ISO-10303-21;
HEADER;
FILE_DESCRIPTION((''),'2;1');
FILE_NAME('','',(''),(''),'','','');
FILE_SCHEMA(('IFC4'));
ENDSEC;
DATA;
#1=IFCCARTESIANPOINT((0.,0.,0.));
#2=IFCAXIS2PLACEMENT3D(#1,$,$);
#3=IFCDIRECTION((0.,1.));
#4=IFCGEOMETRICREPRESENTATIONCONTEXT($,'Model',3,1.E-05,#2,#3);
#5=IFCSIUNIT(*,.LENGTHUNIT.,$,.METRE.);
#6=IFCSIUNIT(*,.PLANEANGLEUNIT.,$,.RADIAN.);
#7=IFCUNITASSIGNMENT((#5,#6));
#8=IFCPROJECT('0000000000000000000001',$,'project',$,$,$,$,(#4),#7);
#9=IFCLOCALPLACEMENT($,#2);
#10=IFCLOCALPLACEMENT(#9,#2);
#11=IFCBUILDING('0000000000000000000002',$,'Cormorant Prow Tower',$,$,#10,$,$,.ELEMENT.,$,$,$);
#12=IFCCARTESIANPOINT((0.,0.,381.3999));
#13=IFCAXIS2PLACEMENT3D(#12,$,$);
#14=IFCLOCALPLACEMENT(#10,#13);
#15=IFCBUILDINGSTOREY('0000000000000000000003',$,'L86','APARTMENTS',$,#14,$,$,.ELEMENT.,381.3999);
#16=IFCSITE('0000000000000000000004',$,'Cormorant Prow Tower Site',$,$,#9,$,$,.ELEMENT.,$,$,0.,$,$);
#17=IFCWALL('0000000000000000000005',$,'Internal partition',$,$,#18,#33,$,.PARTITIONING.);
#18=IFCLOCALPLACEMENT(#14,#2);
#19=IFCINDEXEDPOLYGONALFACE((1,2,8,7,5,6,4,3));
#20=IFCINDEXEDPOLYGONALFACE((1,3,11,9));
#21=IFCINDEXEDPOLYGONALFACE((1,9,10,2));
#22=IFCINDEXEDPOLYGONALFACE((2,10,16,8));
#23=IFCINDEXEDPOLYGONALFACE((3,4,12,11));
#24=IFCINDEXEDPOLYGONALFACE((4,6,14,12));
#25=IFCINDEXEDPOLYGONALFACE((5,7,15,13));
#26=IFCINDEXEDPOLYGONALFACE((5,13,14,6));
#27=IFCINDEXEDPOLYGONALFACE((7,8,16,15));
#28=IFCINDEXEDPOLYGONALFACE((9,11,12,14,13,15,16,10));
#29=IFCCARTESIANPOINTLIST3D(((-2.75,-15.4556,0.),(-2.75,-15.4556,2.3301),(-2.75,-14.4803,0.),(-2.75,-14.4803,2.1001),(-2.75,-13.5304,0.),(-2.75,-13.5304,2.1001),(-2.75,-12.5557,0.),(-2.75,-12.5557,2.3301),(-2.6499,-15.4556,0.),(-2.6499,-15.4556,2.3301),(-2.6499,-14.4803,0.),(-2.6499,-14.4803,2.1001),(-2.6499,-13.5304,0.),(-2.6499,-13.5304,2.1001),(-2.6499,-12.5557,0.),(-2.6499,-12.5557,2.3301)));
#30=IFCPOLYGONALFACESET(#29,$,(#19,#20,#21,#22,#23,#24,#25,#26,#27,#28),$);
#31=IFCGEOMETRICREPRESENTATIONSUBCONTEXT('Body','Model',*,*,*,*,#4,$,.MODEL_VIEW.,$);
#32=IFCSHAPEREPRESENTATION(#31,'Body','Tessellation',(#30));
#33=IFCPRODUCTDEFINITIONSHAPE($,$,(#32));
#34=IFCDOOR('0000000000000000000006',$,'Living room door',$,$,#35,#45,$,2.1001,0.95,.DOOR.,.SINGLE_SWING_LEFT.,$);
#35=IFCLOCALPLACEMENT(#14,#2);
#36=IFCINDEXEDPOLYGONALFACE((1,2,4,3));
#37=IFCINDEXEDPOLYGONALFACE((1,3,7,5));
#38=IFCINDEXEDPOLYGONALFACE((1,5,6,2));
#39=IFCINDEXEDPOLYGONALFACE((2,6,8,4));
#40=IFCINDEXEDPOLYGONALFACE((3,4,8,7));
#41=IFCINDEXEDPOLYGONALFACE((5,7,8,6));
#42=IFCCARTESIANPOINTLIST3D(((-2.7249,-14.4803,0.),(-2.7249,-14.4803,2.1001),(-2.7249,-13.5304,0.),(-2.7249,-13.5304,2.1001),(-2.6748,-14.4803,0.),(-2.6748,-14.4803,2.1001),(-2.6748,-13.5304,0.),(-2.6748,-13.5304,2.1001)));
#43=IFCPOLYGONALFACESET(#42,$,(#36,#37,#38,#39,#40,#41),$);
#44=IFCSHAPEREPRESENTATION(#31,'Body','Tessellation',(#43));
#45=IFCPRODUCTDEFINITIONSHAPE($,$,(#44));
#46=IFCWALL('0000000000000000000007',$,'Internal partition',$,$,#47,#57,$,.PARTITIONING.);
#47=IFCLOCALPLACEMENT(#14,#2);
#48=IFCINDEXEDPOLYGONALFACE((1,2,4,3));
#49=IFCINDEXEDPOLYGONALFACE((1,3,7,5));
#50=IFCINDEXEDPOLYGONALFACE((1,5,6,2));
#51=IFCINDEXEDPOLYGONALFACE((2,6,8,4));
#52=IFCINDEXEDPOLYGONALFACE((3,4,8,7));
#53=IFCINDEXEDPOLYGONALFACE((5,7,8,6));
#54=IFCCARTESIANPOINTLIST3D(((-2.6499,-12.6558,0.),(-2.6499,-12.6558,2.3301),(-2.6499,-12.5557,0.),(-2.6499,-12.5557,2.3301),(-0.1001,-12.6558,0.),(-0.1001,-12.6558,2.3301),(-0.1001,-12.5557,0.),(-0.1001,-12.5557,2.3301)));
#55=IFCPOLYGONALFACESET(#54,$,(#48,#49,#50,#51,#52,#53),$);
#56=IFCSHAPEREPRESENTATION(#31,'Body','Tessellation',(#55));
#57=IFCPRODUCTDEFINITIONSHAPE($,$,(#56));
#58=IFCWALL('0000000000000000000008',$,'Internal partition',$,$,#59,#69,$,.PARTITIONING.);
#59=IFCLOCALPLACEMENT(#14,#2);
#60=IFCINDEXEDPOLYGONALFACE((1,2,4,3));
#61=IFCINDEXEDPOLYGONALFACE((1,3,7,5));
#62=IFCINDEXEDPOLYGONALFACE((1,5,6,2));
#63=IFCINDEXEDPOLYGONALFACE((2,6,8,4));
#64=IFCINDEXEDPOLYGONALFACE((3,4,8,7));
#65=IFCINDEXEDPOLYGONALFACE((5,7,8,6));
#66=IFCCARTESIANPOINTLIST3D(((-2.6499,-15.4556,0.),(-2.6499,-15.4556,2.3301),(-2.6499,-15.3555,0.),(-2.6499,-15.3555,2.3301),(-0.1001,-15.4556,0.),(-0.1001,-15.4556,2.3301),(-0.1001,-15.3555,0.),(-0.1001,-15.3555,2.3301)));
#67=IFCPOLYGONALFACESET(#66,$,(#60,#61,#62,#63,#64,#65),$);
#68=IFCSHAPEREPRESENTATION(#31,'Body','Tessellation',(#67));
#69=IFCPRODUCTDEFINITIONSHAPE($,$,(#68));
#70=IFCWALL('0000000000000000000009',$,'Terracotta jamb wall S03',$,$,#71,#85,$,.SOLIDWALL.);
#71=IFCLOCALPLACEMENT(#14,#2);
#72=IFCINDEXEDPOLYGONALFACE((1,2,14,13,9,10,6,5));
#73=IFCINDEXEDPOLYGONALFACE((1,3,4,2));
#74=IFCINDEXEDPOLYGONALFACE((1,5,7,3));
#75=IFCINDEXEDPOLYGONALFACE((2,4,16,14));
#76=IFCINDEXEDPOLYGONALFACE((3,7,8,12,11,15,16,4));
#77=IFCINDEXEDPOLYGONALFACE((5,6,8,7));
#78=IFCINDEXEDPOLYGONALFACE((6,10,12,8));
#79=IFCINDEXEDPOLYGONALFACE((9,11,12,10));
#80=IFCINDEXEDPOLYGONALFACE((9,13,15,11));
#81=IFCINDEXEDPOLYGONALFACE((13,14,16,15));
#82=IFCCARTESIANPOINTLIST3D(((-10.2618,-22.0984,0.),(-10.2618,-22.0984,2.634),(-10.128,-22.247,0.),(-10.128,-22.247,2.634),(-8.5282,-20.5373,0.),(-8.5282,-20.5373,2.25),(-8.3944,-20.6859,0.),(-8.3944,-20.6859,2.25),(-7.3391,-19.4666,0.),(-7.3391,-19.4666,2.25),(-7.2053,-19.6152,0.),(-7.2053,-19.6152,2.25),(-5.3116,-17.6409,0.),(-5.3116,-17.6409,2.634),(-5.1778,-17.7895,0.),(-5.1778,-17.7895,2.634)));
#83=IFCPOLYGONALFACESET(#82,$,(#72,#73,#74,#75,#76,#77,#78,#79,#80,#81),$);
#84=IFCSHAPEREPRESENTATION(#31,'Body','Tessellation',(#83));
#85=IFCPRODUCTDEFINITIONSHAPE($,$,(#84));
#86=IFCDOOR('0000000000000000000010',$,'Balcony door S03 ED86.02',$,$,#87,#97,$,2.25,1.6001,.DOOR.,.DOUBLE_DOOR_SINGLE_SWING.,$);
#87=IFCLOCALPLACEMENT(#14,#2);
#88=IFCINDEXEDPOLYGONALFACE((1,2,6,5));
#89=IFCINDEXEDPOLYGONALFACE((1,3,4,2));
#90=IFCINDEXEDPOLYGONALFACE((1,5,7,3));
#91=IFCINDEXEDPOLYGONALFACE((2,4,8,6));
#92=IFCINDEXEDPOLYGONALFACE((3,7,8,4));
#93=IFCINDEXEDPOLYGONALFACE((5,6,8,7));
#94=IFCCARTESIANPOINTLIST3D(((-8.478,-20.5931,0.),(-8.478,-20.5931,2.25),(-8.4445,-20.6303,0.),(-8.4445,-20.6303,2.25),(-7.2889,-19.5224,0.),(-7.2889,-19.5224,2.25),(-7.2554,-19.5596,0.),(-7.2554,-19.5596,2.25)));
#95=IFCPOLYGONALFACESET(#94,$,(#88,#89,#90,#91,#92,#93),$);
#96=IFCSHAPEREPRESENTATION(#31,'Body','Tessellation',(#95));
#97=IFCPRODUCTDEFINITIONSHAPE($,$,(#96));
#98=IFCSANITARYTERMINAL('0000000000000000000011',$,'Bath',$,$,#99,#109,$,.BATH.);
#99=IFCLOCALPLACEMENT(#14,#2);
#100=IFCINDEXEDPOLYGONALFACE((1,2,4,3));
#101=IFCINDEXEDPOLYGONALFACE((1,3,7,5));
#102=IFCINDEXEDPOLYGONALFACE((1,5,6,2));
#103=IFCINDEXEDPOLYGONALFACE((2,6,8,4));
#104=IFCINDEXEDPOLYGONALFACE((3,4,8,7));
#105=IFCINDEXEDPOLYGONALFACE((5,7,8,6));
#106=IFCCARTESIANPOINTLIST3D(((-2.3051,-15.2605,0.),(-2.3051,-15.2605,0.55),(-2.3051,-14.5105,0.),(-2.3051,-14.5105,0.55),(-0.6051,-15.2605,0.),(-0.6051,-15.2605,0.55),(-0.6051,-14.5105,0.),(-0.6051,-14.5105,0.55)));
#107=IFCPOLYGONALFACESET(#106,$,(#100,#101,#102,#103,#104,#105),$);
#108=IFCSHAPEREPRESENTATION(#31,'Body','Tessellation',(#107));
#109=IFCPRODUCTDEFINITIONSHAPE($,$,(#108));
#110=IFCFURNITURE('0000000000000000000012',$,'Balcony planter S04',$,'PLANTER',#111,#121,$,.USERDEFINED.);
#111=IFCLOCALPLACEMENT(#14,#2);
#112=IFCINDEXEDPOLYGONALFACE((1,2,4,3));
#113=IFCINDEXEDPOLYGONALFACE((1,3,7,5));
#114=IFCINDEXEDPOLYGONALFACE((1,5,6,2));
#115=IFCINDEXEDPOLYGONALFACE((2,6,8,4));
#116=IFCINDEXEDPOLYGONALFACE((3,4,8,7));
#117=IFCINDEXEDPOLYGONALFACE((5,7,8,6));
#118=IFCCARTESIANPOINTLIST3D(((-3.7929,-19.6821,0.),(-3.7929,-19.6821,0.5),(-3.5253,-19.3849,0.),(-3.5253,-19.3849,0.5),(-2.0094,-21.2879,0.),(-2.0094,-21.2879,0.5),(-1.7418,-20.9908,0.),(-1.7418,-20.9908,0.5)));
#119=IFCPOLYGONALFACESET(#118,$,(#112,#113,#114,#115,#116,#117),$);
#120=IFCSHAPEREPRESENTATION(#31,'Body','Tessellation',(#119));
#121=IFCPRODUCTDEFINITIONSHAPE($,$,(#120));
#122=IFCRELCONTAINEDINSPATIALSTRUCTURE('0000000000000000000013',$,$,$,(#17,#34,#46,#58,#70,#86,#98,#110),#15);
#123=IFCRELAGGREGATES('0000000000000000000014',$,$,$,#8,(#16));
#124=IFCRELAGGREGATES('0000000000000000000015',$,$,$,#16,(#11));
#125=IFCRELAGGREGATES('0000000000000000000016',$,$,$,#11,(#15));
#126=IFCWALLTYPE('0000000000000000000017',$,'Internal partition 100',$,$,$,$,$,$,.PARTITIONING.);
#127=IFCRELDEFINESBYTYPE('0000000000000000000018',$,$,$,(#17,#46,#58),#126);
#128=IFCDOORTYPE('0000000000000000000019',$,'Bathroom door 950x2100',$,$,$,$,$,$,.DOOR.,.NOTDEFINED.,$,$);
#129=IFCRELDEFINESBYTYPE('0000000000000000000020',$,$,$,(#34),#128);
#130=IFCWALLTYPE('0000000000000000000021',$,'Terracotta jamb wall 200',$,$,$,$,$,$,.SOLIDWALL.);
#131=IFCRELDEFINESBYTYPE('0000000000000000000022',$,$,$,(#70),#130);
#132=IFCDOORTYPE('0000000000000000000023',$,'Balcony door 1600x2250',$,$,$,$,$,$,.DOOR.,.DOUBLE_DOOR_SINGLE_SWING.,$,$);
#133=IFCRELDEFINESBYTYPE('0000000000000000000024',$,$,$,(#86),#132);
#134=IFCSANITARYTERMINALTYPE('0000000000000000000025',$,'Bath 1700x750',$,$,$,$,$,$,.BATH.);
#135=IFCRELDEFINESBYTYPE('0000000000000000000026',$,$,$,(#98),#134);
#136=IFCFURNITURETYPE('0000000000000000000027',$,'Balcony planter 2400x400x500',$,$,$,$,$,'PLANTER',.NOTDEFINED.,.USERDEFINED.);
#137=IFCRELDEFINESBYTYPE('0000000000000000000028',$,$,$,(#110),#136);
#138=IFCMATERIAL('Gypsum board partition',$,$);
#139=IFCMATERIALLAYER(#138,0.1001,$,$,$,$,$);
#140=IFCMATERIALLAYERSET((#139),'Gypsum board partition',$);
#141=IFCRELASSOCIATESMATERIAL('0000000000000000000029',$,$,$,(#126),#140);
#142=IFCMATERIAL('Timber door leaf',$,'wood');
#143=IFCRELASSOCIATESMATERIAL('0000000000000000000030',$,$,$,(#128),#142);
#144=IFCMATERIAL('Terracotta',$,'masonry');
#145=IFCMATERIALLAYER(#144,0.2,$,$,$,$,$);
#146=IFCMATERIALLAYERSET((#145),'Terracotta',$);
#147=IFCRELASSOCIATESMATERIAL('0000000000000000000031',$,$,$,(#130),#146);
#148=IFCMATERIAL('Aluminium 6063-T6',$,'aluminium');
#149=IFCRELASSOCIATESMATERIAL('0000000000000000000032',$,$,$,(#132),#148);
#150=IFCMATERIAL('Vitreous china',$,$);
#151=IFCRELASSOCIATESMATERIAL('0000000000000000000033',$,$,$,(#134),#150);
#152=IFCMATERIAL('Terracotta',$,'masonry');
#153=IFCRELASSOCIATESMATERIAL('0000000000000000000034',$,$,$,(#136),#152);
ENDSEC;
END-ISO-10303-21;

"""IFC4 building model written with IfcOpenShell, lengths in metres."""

from ifc_helpers import new_model, si_unit, direction, frame, frame_2d, origin, origin_2d, place, context, subcontext, project, spatial, rectangle, extrude, material, layer, layer_set, type_object, element, fill, save


model = new_model("IFC4")

# Units and contexts
model_context = context("Model", 3, precision=1e-05, world=origin(), true_north=direction((0.0, 1.0)))
body_context = subcontext(model_context, "Body", "Model", "MODEL_VIEW")
ifc_project = project(units=[si_unit("LENGTHUNIT", "METRE"), si_unit("PLANEANGLEUNIT", "RADIAN")], contexts=[model_context])

# Site, building, storey
site_placement = place(None, origin())
site = spatial("IfcSite", under=ifc_project, at=site_placement, Name="Cormorant Prow Tower Site", CompositionType="ELEMENT", RefElevation=0.0)
building_placement = place(site_placement, origin())
building = spatial("IfcBuilding", under=site, at=building_placement, Name="Cormorant Prow Tower", CompositionType="ELEMENT")
storey_placement = place(building_placement, frame((0.0, 0.0, 381.3999)))
storey = spatial("IfcBuildingStorey", under=building, at=storey_placement, Name="L86", Description="APARTMENTS", CompositionType="ELEMENT", Elevation=381.3999)

# Wall, opening, door
ifc_material_1 = material(Name="Gypsum board partition")
ifc_layer_1 = layer(ifc_material_1, 0.1001)
ifc_layer_set_1 = layer_set([ifc_layer_1], Name="Gypsum board partition")
wall_type_1 = type_object("IfcWallType", Name="Internal partition 100", PredefinedType="PARTITIONING", material=ifc_layer_set_1)
ifc_material_2 = material(Name="Timber door leaf", Category="wood")
door_type_1 = type_object("IfcDoorType", Name="Bathroom door 950x2100", OperationType="NOTDEFINED", PredefinedType="DOOR", material=ifc_material_2)
wall_1_placement = place(storey_placement, frame((-2.7, -15.4556, 0.0), z_axis=(0.0, 0.0, 1.0), x_axis=(0.0, 1.0, 0.0)))
wall_1 = element("IfcWall", 1, at=wall_1_placement, inside=storey, type_object=wall_type_1, Name="Internal partition", PredefinedType="PARTITIONING", context=body_context, shape_type="SweptSolid", body=[
    extrude(rectangle(XDim=2.8999, YDim=0.1001, at=frame_2d((1.45, 0.0))), origin(), (0.0, 0.0, 1.0), 2.3301),
])
opening_1_placement = place(wall_1_placement, frame((0.9751, 0.0, 0.0)))
opening_1 = element("IfcOpeningElement", 2, at=opening_1_placement, cuts=wall_1, PredefinedType="OPENING", context=body_context, shape_type="SweptSolid", body=[
    extrude(rectangle(XDim=0.95, YDim=2.1001, at=frame_2d((0.4751, 1.05))), frame((0.0, 0.0601, 0.0), z_axis=(0.0, -1.0, 0.0), x_axis=(1.0, 0.0, 0.0)), (0.0, 0.0, 1.0), 0.1201),
])
door_1_placement = place(opening_1_placement, origin())
door_1 = element("IfcDoor", 3, at=door_1_placement, inside=storey, type_object=door_type_1, Name="Living room door", OperationType="SINGLE_SWING_LEFT", OverallHeight=2.1001, OverallWidth=0.95, PredefinedType="DOOR", context=body_context, shape_type="SweptSolid", body=[
    extrude(rectangle(XDim=0.95, YDim=2.1001, at=frame_2d((0.4751, 1.05))), frame((0.0, 0.0249, 0.0), z_axis=(0.0, -1.0, 0.0), x_axis=(1.0, 0.0, 0.0)), (0.0, 0.0, 1.0), 0.05),
])
fill(opening_1, door_1)

# Walls
for number, where, z_axis, x_axis, name in (
    (4, (-2.6499, -12.6057, 0.0), (0.0, 0.0, 1.0), (1.0, 0.0, 0.0), "Internal partition"),
    (5, (-2.6499, -15.4055, 0.0), (0.0, 0.0, 1.0), (1.0, 0.0, 0.0), "Internal partition"),
):
    element("IfcWall", number, at=place(storey_placement, frame(where, z_axis=z_axis, x_axis=x_axis)), inside=storey, type_object=wall_type_1, Name=name, PredefinedType="PARTITIONING", context=body_context, shape_type="SweptSolid", body=[
        extrude(rectangle(XDim=2.5498, YDim=0.1001, at=frame_2d((1.2749, 0.0))), origin(), (0.0, 0.0, 1.0), 2.3301),
    ])

# Wall, opening, door
ifc_material_3 = material(Name="Terracotta", Category="masonry")
ifc_layer_2 = layer(ifc_material_3, 0.2)
ifc_layer_set_2 = layer_set([ifc_layer_2], Name="Terracotta")
wall_type_2 = type_object("IfcWallType", Name="Terracotta jamb wall 200", PredefinedType="SOLIDWALL", material=ifc_layer_set_2)
wall_2_placement = place(storey_placement, frame((-10.1948, -22.1726, 0.0), z_axis=(0.0, 0.0, 1.0), x_axis=(0.743119, 0.669159, 0.0)))
wall_2 = element("IfcWall", 6, at=wall_2_placement, inside=storey, type_object=wall_type_2, Name="Terracotta jamb wall S03", PredefinedType="SOLIDWALL", context=body_context, shape_type="SweptSolid", body=[
    extrude(rectangle(XDim=6.6614, YDim=0.2, at=frame_2d((3.3306, 0.0))), origin(), (0.0, 0.0, 1.0), 2.634),
])
opening_2_placement = place(wall_2_placement, frame((2.3328, 0.0, 0.0)))
opening_2 = element("IfcOpeningElement", 7, at=opening_2_placement, cuts=wall_2, PredefinedType="OPENING", context=body_context, shape_type="SweptSolid", body=[
    extrude(rectangle(XDim=1.6001, YDim=2.25, at=frame_2d((0.8, 1.125))), frame((0.0, 0.1099, 0.0), z_axis=(0.0, -1.0, 0.0), x_axis=(1.0, 0.0, 0.0)), (0.0, 0.0, 1.0), 0.22),
])
ifc_material_4 = material(Name="Aluminium 6063-T6", Category="aluminium")
door_type_2 = type_object("IfcDoorType", Name="Balcony door 1600x2250", OperationType="DOUBLE_DOOR_SINGLE_SWING", PredefinedType="DOOR", material=ifc_material_4)
door_2_placement = place(opening_2_placement, origin())
door_2 = element("IfcDoor", 8, at=door_2_placement, inside=storey, type_object=door_type_2, Name="Balcony door S03 ED86.02", OperationType="DOUBLE_DOOR_SINGLE_SWING", OverallHeight=2.25, OverallWidth=1.6001, PredefinedType="DOOR", context=body_context, shape_type="SweptSolid", body=[
    extrude(rectangle(XDim=1.6001, YDim=2.25, at=frame_2d((0.8, 1.125))), frame((0.0, 0.0249, 0.0), z_axis=(0.0, -1.0, 0.0), x_axis=(1.0, 0.0, 0.0)), (0.0, 0.0, 1.0), 0.05),
])
fill(opening_2, door_2)

# Sanitary terminal
ifc_material_5 = material(Name="Vitreous china")
sanitary_terminal_type = type_object("IfcSanitaryTerminalType", Name="Bath 1700x750", PredefinedType="BATH", material=ifc_material_5)
sanitary_terminal_placement = place(storey_placement, frame((-1.4551, -14.8855, 0.0), z_axis=(0.0, 0.0, 1.0), x_axis=(1.0, 0.0, 0.0)))
element("IfcSanitaryTerminal", 9, at=sanitary_terminal_placement, inside=storey, type_object=sanitary_terminal_type, Name="Bath", PredefinedType="BATH", context=body_context, shape_type="SweptSolid", body=[
    extrude(rectangle(XDim=1.7, YDim=0.75, at=origin_2d()), origin(), (0.0, 0.0, 1.0), 0.55),
])

# Furniture
ifc_material_6 = material(Name="Terracotta", Category="masonry")
furniture_type = type_object("IfcFurnitureType", Name="Balcony planter 2400x400x500", ElementType="PLANTER", AssemblyPlace="NOTDEFINED", PredefinedType="USERDEFINED", material=ifc_material_6)
furniture_placement = place(storey_placement, frame((-2.7673, -20.3364, 0.0), z_axis=(0.0, 0.0, 1.0), x_axis=(0.743145, -0.669131, 0.0)))
element("IfcFurniture", 10, at=furniture_placement, inside=storey, type_object=furniture_type, Name="Balcony planter S04", ObjectType="PLANTER", PredefinedType="USERDEFINED", context=body_context, shape_type="SweptSolid", body=[
    extrude(rectangle(XDim=2.3999, YDim=0.3999, at=origin_2d()), origin(), (0.0, 0.0, 1.0), 0.5),
])

save(model, "model.ifc")
